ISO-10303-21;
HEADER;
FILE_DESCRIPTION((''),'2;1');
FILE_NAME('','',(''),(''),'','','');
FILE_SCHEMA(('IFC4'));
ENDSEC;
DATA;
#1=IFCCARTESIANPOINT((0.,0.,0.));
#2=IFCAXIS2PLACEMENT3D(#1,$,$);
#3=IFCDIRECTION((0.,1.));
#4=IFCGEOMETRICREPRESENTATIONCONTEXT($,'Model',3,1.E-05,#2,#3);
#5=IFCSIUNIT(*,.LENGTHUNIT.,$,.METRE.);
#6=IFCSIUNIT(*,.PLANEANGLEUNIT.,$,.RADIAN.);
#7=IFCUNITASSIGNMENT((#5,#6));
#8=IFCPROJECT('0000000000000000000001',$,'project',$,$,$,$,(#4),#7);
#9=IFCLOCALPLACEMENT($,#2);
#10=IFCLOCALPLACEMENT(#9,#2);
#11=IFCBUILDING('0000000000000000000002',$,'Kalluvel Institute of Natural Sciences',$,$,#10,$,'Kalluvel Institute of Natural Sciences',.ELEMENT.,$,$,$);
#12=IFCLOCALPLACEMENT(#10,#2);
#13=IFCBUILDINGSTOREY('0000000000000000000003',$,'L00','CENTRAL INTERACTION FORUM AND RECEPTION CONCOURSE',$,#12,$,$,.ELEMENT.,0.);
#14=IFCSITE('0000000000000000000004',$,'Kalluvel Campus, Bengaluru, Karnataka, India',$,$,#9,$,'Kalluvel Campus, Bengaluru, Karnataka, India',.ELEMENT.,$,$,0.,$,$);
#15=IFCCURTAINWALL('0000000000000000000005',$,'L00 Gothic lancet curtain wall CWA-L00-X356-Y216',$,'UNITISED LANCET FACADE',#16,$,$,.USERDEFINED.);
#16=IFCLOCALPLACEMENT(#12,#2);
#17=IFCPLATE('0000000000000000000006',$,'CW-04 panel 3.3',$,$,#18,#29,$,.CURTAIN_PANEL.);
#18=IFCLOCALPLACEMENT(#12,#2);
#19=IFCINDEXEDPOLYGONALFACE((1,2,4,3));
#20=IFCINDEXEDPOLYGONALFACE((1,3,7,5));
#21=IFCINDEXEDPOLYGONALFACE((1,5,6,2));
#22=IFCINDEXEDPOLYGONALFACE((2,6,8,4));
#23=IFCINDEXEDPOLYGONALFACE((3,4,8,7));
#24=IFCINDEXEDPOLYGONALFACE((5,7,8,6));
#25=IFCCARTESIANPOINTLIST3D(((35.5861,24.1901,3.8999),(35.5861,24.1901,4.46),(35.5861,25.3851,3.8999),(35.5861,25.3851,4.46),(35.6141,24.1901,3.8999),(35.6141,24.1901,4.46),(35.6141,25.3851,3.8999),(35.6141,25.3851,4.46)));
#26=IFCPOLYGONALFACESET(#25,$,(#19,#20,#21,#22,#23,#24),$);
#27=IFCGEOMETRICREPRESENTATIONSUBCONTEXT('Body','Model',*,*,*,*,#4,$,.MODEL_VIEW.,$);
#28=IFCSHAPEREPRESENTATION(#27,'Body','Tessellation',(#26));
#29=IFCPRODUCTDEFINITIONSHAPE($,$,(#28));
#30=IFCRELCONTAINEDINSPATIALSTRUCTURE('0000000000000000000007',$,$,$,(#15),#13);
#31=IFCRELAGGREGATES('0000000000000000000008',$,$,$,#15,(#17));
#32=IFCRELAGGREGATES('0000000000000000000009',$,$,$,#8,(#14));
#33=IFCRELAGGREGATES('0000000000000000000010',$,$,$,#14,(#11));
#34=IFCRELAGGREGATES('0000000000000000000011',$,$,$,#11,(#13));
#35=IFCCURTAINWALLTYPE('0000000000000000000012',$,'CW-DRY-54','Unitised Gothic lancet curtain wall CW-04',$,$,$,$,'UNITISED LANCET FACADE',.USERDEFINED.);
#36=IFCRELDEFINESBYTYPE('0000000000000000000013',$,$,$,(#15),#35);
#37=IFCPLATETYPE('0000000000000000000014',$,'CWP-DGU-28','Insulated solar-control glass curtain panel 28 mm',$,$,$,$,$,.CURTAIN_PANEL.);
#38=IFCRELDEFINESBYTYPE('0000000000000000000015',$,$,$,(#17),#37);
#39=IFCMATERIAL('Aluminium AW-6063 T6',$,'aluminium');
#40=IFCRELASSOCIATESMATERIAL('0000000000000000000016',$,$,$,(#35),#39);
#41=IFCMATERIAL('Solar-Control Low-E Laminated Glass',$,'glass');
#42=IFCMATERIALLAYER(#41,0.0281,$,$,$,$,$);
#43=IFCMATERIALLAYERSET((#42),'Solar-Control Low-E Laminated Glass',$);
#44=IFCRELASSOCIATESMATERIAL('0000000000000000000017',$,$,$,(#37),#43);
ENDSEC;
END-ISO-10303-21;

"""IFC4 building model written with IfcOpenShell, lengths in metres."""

from ifc_helpers import new_model, si_unit, direction, frame, origin, origin_2d, place, context, subcontext, project, spatial, rectangle, extrude, material, layer, layer_set, type_object, element, aggregate, save


model = new_model("IFC4")

# Units and contexts
model_context = context("Model", 3, precision=1e-05, world=origin(), true_north=direction((0.0, 1.0)))
body_context = subcontext(model_context, "Body", "Model", "MODEL_VIEW")
ifc_project = project(units=[si_unit("LENGTHUNIT", "METRE"), si_unit("PLANEANGLEUNIT", "RADIAN")], contexts=[model_context])

# Site, building, storey
site_placement = place(None, origin())
site = spatial("IfcSite", under=ifc_project, at=site_placement, Name="Kalluvel Campus, Bengaluru, Karnataka, India", LongName="Kalluvel Campus, Bengaluru, Karnataka, India", CompositionType="ELEMENT", RefElevation=0.0)
building_placement = place(site_placement, origin())
building = spatial("IfcBuilding", under=site, at=building_placement, Name="Kalluvel Institute of Natural Sciences", LongName="Kalluvel Institute of Natural Sciences", CompositionType="ELEMENT")
storey_placement = place(building_placement, origin())
storey = spatial("IfcBuildingStorey", under=building, at=storey_placement, Name="L00", Description="CENTRAL INTERACTION FORUM AND RECEPTION CONCOURSE", CompositionType="ELEMENT", Elevation=0.0)

# Curtain wall, plate
ifc_material_1 = material(Name="Aluminium AW-6063 T6", Category="aluminium")
curtain_wall_type = type_object("IfcCurtainWallType", Name="CW-DRY-54", Description="Unitised Gothic lancet curtain wall CW-04", ElementType="UNITISED LANCET FACADE", PredefinedType="USERDEFINED", material=ifc_material_1)
curtain_wall_placement = place(storey_placement, origin())
curtain_wall = element("IfcCurtainWall", 1, at=curtain_wall_placement, inside=storey, type_object=curtain_wall_type, Name="L00 Gothic lancet curtain wall CWA-L00-X356-Y216", ObjectType="UNITISED LANCET FACADE", PredefinedType="USERDEFINED")
ifc_material_2 = material(Name="Solar-Control Low-E Laminated Glass", Category="glass")
ifc_layer = layer(ifc_material_2, 0.0281)
ifc_layer_set = layer_set([ifc_layer], Name="Solar-Control Low-E Laminated Glass")
plate_type = type_object("IfcPlateType", Name="CWP-DGU-28", Description="Insulated solar-control glass curtain panel 28 mm", PredefinedType="CURTAIN_PANEL", material=ifc_layer_set)
plate_1_placement = place(storey_placement, frame((35.6001, 24.7876, 3.8999), z_axis=(0.0, 0.0, 1.0), x_axis=(0.0, 1.0, 0.0)))
plate_1 = element("IfcPlate", 2, at=plate_1_placement, type_object=plate_type, Name="CW-04 panel 3.3", PredefinedType="CURTAIN_PANEL", context=body_context, shape_type="SweptSolid", body=[
    extrude(rectangle(XDim=1.1951, YDim=0.0281, at=origin_2d()), origin(), (0.0, 0.0, 1.0), 0.5601),
])
aggregate(curtain_wall, [plate_1])

save(model, "model.ifc")
